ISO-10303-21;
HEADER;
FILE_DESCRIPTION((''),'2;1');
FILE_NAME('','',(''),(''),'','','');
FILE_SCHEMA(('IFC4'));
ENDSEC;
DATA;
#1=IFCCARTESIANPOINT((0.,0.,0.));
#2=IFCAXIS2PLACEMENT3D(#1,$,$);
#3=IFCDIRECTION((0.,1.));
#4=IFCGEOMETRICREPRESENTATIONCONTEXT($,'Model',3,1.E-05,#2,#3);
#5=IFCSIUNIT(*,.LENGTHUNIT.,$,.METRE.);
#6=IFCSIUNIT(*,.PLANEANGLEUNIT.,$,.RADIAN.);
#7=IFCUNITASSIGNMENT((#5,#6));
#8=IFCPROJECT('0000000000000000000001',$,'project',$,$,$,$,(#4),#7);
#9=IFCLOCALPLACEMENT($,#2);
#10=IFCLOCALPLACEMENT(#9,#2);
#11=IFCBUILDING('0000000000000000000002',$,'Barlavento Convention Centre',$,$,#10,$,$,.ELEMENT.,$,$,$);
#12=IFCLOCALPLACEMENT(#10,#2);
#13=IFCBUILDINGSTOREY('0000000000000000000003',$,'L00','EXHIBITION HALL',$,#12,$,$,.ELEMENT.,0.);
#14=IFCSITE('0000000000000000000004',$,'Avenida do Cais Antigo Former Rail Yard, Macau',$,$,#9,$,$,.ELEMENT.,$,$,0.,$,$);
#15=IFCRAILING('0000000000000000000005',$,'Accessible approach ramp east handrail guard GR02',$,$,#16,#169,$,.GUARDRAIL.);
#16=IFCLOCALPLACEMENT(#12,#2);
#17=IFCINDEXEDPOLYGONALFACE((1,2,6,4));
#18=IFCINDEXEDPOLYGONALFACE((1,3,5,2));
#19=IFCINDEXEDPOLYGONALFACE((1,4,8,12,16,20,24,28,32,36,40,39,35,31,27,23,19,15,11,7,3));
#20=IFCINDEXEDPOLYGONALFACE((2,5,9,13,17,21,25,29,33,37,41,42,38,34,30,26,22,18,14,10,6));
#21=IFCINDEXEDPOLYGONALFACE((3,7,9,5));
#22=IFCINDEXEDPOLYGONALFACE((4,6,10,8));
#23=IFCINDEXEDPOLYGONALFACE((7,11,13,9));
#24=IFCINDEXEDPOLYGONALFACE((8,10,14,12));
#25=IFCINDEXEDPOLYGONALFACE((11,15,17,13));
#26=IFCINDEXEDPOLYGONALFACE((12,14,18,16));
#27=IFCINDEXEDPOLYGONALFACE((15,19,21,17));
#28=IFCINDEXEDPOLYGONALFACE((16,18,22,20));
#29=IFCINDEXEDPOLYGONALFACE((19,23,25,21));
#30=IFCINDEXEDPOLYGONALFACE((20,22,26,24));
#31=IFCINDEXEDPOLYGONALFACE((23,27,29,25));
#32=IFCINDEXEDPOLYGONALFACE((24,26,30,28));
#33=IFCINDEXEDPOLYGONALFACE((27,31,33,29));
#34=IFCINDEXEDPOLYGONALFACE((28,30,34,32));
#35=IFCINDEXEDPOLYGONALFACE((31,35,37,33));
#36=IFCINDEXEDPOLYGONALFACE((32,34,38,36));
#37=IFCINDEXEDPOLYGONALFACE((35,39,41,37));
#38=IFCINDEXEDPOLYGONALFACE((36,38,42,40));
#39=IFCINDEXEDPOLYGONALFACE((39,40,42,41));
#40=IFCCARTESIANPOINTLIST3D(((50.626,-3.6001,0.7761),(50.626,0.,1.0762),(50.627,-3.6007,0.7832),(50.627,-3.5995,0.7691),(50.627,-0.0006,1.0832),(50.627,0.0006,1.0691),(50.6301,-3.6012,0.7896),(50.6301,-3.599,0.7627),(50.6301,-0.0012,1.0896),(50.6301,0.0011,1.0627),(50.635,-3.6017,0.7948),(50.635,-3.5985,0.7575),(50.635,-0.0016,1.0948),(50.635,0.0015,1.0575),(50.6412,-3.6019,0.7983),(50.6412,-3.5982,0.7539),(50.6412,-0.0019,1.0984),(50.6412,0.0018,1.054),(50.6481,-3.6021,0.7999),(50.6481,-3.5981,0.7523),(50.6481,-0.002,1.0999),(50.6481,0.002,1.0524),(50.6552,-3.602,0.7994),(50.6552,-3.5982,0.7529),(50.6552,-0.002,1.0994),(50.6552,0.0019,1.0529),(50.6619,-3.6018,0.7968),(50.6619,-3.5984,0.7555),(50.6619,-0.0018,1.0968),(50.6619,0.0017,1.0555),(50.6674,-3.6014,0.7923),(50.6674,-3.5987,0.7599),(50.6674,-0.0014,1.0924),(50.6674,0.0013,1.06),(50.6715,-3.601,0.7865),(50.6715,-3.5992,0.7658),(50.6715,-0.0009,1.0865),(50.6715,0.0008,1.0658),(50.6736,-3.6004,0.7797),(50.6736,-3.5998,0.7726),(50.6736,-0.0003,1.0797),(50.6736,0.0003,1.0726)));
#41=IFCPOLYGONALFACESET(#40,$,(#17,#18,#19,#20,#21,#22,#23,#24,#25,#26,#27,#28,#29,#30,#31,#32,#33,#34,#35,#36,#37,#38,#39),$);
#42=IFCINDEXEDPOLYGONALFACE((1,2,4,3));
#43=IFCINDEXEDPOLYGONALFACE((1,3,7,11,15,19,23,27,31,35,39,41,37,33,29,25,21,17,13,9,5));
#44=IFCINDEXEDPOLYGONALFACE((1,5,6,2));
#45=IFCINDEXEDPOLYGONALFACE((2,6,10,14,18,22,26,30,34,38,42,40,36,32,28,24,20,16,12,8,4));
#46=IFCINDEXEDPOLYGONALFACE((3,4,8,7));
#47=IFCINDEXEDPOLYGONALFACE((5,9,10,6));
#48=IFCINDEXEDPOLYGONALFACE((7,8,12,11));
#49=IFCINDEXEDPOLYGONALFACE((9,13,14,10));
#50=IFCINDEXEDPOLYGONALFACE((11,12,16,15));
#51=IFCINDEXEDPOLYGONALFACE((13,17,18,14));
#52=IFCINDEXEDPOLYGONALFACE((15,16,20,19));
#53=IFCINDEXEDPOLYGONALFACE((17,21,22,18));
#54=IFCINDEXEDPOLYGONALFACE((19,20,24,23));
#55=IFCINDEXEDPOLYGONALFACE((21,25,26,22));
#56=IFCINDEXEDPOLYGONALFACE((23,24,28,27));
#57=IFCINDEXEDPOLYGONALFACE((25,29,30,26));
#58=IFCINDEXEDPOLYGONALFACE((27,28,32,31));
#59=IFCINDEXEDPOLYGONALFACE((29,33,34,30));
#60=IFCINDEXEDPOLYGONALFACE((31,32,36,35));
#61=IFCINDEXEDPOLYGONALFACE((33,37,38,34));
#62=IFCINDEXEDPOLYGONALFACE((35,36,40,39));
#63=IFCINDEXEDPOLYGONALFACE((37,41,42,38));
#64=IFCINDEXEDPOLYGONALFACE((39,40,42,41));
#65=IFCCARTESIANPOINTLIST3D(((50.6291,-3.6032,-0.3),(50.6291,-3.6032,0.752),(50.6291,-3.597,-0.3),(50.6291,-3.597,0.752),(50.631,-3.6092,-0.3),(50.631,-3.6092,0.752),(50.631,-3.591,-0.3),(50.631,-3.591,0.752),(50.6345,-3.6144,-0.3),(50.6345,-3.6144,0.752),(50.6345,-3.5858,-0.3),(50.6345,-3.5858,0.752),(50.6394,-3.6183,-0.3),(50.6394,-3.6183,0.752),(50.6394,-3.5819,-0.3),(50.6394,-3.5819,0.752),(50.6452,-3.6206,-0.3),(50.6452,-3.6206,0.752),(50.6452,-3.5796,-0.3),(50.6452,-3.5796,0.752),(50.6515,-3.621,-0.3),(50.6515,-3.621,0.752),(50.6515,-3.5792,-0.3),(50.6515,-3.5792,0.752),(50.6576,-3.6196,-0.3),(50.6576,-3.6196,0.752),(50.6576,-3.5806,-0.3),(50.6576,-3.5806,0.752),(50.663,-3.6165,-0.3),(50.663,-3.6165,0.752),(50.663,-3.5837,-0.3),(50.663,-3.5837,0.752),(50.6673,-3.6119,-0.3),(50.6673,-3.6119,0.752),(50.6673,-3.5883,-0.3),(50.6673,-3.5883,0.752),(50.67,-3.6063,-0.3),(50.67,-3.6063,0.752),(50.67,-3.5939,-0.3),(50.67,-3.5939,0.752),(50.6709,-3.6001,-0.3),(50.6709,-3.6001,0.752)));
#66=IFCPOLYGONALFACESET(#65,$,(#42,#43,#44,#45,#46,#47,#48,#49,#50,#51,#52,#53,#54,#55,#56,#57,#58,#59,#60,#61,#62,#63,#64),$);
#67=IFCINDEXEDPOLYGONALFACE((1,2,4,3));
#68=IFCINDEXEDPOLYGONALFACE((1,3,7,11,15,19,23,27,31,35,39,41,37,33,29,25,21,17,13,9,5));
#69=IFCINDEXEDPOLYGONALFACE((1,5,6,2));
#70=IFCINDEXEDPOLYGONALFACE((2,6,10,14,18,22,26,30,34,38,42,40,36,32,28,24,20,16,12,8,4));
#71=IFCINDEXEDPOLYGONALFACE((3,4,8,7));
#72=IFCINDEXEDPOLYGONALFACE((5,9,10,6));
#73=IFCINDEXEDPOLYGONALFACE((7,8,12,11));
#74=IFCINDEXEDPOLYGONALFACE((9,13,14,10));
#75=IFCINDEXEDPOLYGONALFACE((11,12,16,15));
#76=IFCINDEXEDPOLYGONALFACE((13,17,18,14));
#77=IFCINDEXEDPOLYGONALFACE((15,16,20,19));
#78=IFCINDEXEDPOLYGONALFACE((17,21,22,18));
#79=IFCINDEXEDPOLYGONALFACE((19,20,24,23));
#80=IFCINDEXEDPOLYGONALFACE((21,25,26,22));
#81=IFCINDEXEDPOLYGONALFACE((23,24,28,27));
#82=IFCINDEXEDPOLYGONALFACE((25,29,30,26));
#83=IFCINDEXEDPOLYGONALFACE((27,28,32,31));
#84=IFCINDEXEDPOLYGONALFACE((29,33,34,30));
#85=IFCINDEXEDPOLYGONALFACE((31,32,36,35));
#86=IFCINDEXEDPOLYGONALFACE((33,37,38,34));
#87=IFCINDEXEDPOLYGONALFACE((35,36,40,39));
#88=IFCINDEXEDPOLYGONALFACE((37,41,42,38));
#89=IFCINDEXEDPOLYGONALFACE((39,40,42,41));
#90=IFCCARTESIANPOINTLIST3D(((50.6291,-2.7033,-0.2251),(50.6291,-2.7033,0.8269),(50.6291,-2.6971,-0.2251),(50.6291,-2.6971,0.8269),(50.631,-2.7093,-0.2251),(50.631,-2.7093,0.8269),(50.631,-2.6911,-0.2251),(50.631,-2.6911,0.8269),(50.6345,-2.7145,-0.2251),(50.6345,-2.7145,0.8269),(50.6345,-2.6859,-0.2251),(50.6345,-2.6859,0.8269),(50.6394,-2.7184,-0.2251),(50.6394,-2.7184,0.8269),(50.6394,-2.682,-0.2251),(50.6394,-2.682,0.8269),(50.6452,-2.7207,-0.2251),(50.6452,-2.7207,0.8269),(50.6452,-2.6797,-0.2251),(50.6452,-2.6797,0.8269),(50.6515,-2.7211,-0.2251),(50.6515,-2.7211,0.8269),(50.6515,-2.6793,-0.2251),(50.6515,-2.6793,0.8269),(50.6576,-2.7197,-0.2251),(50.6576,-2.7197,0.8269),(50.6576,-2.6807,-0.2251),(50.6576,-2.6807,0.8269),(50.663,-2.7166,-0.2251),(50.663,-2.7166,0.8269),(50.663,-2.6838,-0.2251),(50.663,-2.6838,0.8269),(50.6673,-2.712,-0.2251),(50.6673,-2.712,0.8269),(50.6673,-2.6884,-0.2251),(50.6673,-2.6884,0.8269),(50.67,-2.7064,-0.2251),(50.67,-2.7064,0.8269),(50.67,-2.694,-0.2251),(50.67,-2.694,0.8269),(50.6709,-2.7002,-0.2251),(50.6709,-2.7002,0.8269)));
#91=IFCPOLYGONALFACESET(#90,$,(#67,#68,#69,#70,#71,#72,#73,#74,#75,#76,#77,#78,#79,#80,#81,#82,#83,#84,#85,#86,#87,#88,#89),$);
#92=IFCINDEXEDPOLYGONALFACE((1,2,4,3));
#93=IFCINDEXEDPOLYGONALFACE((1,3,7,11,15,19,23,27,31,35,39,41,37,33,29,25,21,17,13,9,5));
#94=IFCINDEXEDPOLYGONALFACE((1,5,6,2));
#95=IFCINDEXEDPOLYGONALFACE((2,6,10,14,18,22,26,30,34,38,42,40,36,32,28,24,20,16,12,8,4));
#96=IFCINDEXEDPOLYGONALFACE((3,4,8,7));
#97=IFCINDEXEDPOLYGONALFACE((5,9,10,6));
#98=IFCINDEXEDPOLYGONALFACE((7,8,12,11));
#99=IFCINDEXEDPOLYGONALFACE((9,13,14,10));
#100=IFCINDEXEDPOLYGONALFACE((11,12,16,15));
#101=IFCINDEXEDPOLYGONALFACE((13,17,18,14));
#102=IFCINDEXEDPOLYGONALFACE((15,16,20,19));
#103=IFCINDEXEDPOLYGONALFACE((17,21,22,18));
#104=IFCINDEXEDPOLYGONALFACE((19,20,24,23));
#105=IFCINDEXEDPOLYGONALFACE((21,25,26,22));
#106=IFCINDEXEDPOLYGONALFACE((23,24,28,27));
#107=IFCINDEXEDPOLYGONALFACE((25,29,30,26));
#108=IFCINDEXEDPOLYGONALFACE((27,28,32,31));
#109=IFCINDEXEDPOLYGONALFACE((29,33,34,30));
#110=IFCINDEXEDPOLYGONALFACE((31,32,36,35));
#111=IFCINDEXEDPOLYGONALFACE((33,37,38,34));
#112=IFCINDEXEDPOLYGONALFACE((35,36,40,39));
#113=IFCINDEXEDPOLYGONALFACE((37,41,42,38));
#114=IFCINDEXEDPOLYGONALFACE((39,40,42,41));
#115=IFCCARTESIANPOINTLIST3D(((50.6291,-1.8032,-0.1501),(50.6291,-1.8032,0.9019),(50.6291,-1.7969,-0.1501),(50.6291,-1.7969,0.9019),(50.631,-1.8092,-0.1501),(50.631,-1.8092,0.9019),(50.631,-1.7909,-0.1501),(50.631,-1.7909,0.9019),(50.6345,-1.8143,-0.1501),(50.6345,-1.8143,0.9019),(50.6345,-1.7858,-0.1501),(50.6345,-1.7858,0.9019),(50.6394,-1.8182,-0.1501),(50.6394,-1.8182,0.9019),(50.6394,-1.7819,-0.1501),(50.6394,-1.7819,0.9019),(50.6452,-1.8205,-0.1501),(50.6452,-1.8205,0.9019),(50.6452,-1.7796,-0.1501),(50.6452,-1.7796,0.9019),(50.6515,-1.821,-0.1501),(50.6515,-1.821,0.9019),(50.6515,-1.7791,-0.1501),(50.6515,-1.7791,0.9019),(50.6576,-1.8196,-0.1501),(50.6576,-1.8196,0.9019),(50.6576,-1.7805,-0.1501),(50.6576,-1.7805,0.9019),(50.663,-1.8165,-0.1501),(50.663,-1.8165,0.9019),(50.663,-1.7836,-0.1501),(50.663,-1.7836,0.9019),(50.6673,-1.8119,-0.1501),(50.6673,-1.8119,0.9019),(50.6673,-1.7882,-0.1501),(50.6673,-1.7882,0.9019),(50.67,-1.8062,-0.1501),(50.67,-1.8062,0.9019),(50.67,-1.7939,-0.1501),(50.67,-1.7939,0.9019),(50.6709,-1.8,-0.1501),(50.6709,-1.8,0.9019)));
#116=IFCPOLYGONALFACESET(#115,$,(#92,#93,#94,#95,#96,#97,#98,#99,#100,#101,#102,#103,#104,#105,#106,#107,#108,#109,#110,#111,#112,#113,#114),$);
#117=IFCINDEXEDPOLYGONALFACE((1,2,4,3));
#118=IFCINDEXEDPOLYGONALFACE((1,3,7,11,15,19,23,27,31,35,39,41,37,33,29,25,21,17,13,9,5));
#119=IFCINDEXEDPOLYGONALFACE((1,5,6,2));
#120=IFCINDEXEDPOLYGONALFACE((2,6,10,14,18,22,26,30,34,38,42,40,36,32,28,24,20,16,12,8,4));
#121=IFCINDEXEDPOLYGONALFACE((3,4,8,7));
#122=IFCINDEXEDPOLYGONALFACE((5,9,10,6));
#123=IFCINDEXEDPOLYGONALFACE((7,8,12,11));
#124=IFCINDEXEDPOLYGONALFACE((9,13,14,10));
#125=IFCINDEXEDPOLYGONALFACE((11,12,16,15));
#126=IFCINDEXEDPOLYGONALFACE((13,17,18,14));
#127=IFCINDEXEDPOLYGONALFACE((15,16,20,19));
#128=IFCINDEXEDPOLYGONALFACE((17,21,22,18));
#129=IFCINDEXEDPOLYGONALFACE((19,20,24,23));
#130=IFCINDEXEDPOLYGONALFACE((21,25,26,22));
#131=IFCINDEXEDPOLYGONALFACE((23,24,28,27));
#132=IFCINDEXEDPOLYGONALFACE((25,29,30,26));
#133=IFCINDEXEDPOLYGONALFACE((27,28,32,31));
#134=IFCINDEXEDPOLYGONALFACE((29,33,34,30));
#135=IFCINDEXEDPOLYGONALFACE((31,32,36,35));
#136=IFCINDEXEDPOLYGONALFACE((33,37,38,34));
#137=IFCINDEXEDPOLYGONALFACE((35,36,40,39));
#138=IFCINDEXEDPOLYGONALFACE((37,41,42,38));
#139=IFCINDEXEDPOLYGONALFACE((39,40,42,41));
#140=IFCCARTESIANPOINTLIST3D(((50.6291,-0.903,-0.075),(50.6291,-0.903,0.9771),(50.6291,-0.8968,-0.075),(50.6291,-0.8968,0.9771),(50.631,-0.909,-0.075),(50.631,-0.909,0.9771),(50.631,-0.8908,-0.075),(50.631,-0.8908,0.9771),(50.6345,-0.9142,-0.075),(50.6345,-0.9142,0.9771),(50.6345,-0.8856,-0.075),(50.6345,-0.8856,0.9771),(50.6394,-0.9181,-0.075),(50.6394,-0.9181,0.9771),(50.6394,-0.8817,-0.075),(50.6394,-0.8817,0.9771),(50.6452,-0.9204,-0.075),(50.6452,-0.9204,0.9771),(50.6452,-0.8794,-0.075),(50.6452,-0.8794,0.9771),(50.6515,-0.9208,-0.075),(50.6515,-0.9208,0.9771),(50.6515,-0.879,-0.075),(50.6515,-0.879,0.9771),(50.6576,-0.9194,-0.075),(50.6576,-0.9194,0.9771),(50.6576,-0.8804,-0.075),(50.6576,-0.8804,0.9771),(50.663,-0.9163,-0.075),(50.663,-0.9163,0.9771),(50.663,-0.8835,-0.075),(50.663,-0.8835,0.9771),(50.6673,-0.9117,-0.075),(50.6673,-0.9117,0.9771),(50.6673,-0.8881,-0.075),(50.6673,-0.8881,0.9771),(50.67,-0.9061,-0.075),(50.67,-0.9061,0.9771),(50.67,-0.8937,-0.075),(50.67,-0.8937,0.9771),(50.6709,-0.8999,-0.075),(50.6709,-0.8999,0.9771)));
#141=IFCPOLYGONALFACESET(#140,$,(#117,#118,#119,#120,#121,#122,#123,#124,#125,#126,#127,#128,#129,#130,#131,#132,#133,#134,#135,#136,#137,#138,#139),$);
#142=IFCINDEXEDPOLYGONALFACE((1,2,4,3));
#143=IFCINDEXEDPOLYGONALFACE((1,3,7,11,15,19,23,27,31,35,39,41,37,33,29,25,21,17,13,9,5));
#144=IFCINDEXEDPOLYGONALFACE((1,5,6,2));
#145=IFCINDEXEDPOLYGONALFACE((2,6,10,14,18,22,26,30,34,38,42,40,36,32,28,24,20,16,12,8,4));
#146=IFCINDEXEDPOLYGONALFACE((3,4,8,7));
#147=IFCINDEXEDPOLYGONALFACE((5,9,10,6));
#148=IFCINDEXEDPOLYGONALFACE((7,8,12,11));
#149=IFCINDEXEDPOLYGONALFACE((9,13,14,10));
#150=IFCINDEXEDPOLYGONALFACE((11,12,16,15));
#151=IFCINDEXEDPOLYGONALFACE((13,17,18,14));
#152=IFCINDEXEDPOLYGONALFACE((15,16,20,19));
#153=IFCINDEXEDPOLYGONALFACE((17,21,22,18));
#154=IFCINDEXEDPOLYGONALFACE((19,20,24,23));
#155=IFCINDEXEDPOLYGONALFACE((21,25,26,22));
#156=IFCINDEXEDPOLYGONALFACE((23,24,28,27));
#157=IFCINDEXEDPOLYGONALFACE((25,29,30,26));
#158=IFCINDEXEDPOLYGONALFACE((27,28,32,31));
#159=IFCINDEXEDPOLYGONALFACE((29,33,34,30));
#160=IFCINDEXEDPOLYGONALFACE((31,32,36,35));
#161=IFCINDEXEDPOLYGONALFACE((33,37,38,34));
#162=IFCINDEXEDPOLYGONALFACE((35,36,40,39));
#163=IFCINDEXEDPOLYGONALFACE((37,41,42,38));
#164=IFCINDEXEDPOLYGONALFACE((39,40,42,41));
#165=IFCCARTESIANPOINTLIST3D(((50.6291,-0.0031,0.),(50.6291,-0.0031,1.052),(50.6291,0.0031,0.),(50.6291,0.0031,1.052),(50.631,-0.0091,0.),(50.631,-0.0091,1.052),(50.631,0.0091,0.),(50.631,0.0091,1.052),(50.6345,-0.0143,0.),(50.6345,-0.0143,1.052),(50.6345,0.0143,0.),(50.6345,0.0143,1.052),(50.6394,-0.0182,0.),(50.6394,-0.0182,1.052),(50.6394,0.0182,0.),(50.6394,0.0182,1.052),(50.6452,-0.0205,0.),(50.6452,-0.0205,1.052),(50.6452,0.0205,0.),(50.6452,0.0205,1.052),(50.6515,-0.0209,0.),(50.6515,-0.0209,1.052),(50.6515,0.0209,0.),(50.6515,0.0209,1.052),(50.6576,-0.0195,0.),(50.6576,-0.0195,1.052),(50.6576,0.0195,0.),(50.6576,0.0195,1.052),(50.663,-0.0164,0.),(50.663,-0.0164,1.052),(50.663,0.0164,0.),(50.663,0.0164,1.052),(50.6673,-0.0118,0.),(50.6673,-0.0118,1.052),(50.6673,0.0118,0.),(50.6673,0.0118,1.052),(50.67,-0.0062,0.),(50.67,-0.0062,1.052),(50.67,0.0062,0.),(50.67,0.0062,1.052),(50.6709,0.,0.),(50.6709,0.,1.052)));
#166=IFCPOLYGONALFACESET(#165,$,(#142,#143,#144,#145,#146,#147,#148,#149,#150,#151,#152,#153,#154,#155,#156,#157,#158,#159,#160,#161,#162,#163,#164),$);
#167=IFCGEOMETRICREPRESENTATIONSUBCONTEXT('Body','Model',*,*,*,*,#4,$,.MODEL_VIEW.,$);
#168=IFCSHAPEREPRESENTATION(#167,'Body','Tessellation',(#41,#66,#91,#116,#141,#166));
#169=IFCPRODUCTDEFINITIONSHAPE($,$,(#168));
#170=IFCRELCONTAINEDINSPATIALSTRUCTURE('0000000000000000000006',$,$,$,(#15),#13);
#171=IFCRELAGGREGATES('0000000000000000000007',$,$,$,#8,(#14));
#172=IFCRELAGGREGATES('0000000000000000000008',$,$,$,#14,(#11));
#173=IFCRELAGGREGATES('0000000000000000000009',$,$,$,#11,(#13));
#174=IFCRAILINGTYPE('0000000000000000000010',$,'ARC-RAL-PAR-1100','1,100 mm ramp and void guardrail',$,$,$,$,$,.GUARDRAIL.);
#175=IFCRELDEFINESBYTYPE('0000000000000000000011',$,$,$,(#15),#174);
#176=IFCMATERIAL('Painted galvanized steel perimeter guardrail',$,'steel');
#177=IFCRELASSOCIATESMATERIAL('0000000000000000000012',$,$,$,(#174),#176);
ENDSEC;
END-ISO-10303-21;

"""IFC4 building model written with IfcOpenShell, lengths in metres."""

from ifc_helpers import new_model, si_unit, direction, frame, origin, origin_2d, place, context, subcontext, project, spatial, circle, extrude, material, type_object, element, save


model = new_model("IFC4")

# Units and contexts
model_context = context("Model", 3, precision=1e-05, world=origin(), true_north=direction((0.0, 1.0)))
body_context = subcontext(model_context, "Body", "Model", "MODEL_VIEW")
ifc_project = project(units=[si_unit("LENGTHUNIT", "METRE"), si_unit("PLANEANGLEUNIT", "RADIAN")], contexts=[model_context])

# Site, building, storey
site_placement = place(None, origin())
site = spatial("IfcSite", under=ifc_project, at=site_placement, Name="Avenida do Cais Antigo Former Rail Yard, Macau", CompositionType="ELEMENT", RefElevation=0.0)
building_placement = place(site_placement, origin())
building = spatial("IfcBuilding", under=site, at=building_placement, Name="Barlavento Convention Centre", CompositionType="ELEMENT")
storey_placement = place(building_placement, origin())
storey = spatial("IfcBuildingStorey", under=building, at=storey_placement, Name="L00", Description="EXHIBITION HALL", CompositionType="ELEMENT", Elevation=0.0)

# Railing
ifc_material_1 = material(Name="Painted galvanized steel perimeter guardrail", Category="steel")
railing_type = type_object("IfcRailingType", Name="ARC-RAL-PAR-1100", Description="1,100 mm ramp and void guardrail", PredefinedType="GUARDRAIL", material=ifc_material_1)
for number, where, name in (
    (1, (50.6499, -3.6001, -0.3), "Accessible approach ramp east handrail guard GR02"),
):
    element("IfcRailing", number, at=place(storey_placement, frame(where)), inside=storey, type_object=railing_type, Name=name, PredefinedType="GUARDRAIL", context=body_context, shape_type="SweptSolid", body=[
        extrude(circle(Radius=0.0239, at=origin_2d()), frame((0.0, 0.0, 1.0762), z_axis=(0.0, 0.996545, 0.083057), x_axis=(-1.0, 0.0, 0.0)), (0.0, 0.0, 1.0), 3.6125),
        extrude(circle(Radius=0.021, at=origin_2d()), origin(), (0.0, 0.0, 1.0), 1.052),
        extrude(circle(Radius=0.021, at=origin_2d()), frame((0.0, 0.8999, 0.075)), (0.0, 0.0, 1.0), 1.052),
        extrude(circle(Radius=0.021, at=origin_2d()), frame((0.0, 1.8, 0.1499)), (0.0, 0.0, 1.0), 1.052),
        extrude(circle(Radius=0.021, at=origin_2d()), frame((0.0, 2.7002, 0.2251)), (0.0, 0.0, 1.0), 1.052),
        extrude(circle(Radius=0.021, at=origin_2d()), frame((0.0, 3.6001, 0.3)), (0.0, 0.0, 1.0), 1.052),
    ])

save(model, "model.ifc")
